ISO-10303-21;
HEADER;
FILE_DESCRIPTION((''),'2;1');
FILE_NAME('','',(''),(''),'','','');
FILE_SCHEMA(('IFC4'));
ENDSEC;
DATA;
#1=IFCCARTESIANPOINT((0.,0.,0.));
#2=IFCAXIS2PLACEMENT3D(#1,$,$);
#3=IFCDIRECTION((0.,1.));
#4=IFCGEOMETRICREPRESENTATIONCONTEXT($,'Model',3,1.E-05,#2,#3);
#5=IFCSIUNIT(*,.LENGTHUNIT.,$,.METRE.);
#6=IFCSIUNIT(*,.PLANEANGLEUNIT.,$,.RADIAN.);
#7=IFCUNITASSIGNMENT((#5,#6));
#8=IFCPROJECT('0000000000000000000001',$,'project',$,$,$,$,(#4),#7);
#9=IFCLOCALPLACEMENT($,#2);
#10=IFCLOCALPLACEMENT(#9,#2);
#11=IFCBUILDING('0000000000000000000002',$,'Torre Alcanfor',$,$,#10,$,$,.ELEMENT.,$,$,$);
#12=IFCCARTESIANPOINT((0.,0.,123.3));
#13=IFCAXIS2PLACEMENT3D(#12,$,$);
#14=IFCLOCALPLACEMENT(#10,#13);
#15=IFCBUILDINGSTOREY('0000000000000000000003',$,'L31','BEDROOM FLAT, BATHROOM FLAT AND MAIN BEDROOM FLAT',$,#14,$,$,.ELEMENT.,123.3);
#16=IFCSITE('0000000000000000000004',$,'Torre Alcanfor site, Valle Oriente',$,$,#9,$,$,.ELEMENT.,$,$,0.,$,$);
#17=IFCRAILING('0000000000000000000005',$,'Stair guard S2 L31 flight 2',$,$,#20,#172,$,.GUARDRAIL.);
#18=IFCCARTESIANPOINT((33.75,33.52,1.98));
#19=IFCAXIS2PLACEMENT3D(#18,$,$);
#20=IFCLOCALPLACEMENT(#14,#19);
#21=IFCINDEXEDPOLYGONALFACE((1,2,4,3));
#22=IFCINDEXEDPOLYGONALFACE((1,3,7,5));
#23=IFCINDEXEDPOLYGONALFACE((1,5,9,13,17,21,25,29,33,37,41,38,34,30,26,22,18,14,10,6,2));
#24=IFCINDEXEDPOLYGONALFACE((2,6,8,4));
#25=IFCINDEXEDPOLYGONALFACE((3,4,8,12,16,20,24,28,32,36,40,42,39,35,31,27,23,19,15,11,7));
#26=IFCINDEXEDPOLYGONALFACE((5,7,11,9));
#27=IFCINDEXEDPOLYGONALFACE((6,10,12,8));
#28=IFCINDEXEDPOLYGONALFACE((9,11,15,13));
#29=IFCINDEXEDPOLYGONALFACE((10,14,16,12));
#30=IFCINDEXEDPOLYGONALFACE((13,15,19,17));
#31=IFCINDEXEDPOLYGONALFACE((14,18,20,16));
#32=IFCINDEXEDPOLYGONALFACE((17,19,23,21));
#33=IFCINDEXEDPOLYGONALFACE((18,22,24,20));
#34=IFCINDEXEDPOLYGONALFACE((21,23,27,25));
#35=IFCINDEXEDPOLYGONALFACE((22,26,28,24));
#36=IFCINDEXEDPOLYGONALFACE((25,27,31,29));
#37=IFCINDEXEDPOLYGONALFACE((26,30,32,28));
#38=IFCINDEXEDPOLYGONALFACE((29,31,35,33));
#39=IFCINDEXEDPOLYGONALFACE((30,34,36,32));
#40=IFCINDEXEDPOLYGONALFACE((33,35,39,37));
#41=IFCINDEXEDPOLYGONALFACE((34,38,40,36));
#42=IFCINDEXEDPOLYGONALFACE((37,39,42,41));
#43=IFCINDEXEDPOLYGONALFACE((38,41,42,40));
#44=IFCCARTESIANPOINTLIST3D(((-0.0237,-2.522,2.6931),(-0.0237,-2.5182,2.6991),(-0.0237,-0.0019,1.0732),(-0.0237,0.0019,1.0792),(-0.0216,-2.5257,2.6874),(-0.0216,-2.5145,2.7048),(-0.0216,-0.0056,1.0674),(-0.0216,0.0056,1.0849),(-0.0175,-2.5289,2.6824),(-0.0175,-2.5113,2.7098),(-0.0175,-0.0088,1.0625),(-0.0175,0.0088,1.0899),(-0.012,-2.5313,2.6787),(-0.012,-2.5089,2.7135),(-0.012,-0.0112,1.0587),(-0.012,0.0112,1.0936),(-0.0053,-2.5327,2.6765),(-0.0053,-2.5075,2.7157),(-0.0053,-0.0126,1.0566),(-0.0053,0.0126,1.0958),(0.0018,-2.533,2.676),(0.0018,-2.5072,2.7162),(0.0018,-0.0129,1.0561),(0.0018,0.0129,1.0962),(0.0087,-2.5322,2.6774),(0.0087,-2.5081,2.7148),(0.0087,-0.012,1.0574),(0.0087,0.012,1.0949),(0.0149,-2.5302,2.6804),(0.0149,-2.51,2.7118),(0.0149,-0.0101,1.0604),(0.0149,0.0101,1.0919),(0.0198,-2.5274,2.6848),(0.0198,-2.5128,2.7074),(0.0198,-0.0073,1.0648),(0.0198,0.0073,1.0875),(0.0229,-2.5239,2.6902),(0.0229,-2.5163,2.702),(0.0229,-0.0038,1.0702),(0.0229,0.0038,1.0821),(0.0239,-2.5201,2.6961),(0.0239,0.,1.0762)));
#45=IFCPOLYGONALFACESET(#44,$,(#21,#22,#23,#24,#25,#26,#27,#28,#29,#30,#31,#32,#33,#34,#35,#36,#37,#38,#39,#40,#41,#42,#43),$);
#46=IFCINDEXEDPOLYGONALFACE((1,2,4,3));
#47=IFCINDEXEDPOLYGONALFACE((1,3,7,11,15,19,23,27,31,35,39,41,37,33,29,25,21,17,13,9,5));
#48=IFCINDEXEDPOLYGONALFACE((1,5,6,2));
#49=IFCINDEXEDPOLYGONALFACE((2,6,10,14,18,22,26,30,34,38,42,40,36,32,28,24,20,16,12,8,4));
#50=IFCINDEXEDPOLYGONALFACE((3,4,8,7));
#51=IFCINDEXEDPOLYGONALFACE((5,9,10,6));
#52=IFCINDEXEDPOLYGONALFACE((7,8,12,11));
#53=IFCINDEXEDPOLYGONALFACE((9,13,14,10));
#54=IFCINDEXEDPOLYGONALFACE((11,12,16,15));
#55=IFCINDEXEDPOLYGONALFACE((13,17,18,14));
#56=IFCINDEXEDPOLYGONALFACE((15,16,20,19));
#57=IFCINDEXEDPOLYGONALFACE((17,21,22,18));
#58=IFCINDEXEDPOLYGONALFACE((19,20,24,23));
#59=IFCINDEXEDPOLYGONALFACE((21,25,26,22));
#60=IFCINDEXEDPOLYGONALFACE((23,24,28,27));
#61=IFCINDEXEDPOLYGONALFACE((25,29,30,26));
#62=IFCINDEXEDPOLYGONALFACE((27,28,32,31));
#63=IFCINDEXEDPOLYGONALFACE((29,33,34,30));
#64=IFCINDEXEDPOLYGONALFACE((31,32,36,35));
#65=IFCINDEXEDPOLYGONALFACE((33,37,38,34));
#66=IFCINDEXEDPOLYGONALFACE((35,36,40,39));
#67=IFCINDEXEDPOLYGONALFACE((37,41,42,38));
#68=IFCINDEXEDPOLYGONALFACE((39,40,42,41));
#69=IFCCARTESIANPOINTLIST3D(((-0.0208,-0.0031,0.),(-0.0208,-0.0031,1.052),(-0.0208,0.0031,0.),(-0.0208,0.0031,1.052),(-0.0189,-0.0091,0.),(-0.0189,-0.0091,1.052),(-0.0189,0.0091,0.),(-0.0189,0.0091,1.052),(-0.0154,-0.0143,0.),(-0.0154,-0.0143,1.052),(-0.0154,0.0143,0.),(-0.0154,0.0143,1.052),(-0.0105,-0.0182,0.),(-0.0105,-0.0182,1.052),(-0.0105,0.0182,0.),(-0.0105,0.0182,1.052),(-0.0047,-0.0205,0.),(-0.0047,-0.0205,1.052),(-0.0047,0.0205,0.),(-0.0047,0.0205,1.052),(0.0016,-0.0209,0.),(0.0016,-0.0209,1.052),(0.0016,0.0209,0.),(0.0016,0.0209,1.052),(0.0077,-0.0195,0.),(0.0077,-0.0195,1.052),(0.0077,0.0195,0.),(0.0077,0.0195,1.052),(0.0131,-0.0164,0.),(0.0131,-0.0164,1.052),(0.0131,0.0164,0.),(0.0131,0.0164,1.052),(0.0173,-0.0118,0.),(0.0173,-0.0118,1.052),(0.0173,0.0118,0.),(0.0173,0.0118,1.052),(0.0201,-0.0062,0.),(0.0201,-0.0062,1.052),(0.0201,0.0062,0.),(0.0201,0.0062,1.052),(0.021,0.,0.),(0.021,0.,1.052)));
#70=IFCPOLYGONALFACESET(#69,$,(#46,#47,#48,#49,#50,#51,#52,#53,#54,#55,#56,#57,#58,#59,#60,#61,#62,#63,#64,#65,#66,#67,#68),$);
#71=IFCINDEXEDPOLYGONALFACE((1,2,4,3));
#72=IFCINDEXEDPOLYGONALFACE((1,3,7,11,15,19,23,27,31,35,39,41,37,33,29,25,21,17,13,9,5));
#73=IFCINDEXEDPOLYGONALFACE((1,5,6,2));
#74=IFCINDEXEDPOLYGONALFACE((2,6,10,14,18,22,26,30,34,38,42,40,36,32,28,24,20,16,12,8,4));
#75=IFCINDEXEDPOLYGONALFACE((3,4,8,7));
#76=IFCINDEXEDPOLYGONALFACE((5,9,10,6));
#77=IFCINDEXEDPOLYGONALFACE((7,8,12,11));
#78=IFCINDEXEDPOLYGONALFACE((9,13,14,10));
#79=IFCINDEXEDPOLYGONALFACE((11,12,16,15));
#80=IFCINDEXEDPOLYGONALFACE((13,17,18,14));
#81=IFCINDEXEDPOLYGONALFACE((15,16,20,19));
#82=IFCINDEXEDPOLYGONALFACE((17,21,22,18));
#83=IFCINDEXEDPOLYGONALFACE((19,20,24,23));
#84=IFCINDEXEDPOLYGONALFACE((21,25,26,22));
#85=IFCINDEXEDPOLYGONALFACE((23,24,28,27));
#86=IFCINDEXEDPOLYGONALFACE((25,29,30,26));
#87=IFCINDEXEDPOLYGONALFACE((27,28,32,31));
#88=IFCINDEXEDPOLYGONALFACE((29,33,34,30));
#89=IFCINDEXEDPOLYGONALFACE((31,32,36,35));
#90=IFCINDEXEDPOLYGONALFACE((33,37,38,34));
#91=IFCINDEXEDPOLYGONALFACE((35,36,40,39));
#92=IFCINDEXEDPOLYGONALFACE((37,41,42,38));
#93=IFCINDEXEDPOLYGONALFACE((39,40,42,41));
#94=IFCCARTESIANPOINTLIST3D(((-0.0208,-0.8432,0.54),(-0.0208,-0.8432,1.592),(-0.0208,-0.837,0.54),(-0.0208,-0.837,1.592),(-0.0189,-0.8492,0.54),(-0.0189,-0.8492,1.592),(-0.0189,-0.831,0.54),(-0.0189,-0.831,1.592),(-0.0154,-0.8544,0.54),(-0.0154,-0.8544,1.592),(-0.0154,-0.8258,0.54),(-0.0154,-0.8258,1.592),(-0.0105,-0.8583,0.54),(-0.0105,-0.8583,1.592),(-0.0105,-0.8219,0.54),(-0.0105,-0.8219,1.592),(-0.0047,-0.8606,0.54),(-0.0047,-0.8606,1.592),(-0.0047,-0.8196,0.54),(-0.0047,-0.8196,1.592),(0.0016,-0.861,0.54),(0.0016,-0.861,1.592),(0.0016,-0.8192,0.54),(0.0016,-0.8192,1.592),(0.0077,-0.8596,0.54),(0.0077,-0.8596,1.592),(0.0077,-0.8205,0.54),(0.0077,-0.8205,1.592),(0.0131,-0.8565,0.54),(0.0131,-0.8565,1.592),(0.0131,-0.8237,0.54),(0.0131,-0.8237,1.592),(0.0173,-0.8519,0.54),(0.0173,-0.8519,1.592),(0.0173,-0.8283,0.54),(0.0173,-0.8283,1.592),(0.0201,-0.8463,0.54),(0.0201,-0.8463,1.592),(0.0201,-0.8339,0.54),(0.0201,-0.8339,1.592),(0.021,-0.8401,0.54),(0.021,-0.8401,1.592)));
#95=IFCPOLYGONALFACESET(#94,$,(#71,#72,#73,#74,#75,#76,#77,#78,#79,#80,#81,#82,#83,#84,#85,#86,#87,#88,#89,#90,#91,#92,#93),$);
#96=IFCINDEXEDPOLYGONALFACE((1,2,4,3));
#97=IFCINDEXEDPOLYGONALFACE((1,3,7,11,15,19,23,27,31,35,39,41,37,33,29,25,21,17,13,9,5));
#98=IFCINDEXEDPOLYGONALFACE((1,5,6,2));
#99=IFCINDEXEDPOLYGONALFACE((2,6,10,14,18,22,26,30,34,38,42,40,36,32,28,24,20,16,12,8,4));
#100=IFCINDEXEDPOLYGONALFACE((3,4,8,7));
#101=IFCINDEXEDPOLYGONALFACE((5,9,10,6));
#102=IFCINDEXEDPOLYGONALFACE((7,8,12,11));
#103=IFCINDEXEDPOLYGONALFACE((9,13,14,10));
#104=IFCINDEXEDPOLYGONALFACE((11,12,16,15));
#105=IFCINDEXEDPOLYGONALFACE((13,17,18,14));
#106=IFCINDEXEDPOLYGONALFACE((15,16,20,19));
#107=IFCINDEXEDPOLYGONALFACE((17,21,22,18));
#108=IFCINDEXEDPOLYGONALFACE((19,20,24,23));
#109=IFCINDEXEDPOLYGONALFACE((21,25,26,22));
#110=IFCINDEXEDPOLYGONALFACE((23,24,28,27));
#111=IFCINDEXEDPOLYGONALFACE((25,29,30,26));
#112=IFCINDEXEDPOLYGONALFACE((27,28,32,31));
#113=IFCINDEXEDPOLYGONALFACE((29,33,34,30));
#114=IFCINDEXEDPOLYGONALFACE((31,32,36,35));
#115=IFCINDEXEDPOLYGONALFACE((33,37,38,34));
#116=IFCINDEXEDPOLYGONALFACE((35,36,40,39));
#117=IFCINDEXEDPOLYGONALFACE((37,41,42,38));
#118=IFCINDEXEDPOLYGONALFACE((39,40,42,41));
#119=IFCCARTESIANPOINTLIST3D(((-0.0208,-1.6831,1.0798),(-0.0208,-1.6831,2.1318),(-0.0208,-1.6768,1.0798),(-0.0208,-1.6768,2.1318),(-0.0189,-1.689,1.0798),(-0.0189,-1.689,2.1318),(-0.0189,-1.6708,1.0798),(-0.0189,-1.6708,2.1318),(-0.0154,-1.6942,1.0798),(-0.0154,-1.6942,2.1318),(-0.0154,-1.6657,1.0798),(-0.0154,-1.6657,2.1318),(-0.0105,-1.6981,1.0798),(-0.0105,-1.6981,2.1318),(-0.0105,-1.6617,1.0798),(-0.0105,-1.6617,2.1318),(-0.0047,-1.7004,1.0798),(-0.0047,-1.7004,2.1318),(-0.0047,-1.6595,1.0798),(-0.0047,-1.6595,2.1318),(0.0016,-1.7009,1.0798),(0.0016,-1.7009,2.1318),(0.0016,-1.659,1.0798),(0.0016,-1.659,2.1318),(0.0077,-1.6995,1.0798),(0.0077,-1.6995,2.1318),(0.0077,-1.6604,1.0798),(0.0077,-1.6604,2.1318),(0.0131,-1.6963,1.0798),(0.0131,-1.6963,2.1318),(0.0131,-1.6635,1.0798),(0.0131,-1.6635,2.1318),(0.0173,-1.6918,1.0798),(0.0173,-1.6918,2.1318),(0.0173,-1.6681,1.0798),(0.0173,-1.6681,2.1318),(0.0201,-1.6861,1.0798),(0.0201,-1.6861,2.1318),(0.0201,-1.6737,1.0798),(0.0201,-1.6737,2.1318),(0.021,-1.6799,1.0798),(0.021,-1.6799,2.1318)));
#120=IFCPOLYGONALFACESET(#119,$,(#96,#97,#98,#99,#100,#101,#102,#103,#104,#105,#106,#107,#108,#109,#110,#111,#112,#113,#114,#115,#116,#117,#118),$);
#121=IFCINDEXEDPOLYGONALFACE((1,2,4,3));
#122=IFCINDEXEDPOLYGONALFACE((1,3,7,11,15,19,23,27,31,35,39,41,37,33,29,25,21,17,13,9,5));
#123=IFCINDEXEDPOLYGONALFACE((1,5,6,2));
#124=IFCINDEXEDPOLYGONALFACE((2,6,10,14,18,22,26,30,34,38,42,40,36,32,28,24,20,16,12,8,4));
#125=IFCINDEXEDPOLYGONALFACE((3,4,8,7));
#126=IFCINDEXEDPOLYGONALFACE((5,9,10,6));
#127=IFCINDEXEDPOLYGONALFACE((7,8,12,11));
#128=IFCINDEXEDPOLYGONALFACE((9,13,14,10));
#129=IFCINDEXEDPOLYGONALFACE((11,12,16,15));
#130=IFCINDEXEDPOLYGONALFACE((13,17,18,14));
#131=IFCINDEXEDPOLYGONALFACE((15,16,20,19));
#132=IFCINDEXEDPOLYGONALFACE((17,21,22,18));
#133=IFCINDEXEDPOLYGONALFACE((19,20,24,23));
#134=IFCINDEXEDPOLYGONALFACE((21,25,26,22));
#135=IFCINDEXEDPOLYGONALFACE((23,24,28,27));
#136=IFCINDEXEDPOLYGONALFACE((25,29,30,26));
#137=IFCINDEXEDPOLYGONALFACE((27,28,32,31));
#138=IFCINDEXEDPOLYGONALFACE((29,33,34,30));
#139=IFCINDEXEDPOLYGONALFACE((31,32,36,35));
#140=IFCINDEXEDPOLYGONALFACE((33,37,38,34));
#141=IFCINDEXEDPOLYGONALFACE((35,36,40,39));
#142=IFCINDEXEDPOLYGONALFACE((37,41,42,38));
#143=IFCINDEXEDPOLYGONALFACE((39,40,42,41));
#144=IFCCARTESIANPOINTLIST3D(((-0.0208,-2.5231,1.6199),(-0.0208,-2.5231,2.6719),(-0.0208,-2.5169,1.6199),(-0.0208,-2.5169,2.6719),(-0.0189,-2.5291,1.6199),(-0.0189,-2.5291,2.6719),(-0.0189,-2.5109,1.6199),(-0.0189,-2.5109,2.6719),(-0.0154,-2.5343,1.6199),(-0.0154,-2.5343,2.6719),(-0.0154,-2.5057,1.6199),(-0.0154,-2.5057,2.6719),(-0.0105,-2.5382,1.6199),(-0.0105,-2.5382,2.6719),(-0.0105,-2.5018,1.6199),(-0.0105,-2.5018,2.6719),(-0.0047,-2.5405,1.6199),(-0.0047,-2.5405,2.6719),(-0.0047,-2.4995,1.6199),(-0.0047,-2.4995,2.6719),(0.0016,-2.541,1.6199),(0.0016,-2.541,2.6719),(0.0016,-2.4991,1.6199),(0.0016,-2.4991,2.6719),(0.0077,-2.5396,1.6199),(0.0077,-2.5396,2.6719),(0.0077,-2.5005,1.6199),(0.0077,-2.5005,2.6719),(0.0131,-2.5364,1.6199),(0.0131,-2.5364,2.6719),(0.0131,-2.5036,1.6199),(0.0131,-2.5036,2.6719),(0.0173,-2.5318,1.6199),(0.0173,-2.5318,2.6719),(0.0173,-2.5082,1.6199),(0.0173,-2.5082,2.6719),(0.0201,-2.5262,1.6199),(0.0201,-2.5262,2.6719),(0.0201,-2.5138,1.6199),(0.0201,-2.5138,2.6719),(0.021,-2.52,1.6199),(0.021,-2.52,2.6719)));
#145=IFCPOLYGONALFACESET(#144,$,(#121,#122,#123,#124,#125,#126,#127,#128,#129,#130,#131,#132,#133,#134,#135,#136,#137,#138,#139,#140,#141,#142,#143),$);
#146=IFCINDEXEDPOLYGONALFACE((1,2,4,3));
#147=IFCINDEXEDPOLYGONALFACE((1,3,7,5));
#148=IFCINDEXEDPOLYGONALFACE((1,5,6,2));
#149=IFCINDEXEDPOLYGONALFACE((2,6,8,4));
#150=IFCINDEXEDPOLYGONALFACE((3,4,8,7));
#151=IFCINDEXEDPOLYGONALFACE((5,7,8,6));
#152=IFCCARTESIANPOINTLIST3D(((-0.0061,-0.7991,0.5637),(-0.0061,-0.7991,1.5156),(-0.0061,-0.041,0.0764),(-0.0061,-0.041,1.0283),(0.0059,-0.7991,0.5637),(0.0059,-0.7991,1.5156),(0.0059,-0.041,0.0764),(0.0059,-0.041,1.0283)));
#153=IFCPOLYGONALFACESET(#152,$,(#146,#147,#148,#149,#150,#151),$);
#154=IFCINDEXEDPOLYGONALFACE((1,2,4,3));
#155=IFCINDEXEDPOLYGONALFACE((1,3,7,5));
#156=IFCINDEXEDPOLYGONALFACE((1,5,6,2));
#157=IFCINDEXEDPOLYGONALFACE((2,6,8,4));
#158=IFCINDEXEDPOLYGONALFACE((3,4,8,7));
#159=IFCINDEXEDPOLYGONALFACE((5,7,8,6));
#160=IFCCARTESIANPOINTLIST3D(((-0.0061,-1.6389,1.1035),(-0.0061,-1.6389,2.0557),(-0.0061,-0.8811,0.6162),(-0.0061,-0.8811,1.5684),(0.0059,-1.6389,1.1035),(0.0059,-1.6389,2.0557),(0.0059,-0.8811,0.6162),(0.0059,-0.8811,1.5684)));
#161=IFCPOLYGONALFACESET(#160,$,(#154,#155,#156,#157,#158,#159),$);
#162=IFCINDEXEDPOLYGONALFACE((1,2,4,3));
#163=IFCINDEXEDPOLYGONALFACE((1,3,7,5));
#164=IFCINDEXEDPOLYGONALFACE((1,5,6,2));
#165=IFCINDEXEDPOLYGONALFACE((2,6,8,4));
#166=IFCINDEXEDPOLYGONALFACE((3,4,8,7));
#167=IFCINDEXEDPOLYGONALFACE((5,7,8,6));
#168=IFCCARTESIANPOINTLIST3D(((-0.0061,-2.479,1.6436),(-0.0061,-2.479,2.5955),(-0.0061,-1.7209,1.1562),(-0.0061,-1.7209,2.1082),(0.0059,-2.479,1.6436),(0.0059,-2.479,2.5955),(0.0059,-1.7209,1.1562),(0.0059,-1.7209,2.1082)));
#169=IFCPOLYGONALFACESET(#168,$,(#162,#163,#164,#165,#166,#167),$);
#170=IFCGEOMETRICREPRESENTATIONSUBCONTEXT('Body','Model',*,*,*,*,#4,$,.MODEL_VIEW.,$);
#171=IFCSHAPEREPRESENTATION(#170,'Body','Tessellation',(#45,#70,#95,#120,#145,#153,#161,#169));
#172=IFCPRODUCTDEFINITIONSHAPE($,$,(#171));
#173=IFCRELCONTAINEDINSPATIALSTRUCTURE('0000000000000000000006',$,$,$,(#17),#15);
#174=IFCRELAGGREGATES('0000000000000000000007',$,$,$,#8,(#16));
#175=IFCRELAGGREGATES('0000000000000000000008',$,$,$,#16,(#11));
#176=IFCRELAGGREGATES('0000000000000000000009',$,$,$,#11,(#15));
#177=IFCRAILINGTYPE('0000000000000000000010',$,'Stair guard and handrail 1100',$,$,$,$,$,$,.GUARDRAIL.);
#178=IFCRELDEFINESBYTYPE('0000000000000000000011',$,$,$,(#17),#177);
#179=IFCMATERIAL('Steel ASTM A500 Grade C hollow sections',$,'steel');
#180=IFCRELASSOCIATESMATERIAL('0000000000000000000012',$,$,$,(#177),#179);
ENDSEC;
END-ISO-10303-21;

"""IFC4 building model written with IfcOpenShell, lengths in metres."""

from ifc_helpers import new_model, si_unit, direction, frame, origin, origin_2d, place, context, subcontext, project, spatial, polyline, circle, outline, extrude, material, type_object, element, save


model = new_model("IFC4")

# Units and contexts
model_context = context("Model", 3, precision=1e-05, world=origin(), true_north=direction((0.0, 1.0)))
body_context = subcontext(model_context, "Body", "Model", "MODEL_VIEW")
ifc_project = project(units=[si_unit("LENGTHUNIT", "METRE"), si_unit("PLANEANGLEUNIT", "RADIAN")], contexts=[model_context])

# Site, building, storey
site_placement = place(None, origin())
site = spatial("IfcSite", under=ifc_project, at=site_placement, Name="Torre Alcanfor site, Valle Oriente", CompositionType="ELEMENT", RefElevation=0.0)
building_placement = place(site_placement, origin())
building = spatial("IfcBuilding", under=site, at=building_placement, Name="Torre Alcanfor", CompositionType="ELEMENT")
storey_placement = place(building_placement, frame((0.0, 0.0, 123.3)))
storey = spatial("IfcBuildingStorey", under=building, at=storey_placement, Name="L31", Description="BEDROOM FLAT, BATHROOM FLAT AND MAIN BEDROOM FLAT", CompositionType="ELEMENT", Elevation=123.3)

# Railing
ifc_material_1 = material(Name="Steel ASTM A500 Grade C hollow sections", Category="steel")
railing_type_1 = type_object("IfcRailingType", Name="Stair guard and handrail 1100", PredefinedType="GUARDRAIL", material=ifc_material_1)
railing_1_placement = place(storey_placement, frame((33.75, 33.52, 1.98)))
element("IfcRailing", 1, at=railing_1_placement, inside=storey, type_object=railing_type_1, Name="Stair guard S2 L31 flight 2", PredefinedType="GUARDRAIL", context=body_context, shape_type="SweptSolid", body=[
    extrude(circle(Radius=0.0239, at=origin_2d()), frame((0.0, 0.0, 1.0762), z_axis=(0.0, -0.8412, 0.540725), x_axis=(1.0, 0.0, 0.0)), (0.0, 0.0, 1.0), 2.9958),
    extrude(circle(Radius=0.021, at=origin_2d()), origin(), (0.0, 0.0, 1.0), 1.052),
    extrude(circle(Radius=0.021, at=origin_2d()), frame((0.0, -0.8401, 0.54)), (0.0, 0.0, 1.0), 1.052),
    extrude(circle(Radius=0.021, at=origin_2d()), frame((0.0, -1.6799, 1.0798)), (0.0, 0.0, 1.0), 1.052),
    extrude(circle(Radius=0.021, at=origin_2d()), frame((0.0, -2.52, 1.6199)), (0.0, 0.0, 1.0), 1.052),
    extrude(outline(polyline([(0.041, 0.0764), (0.7991, 0.5637), (0.7991, 1.5156), (0.041, 1.0283), (0.041, 0.0764)])), frame((0.0059, 0.0, 0.0), z_axis=(-1.0, 0.0, 0.0), x_axis=(0.0, -1.0, 0.0)), (0.0, 0.0, 1.0), 0.012),
    extrude(outline(polyline([(0.8811, 0.6162), (1.6389, 1.1035), (1.6389, 2.0557), (0.8811, 1.5684), (0.8811, 0.6162)])), frame((0.0059, 0.0, 0.0), z_axis=(-1.0, 0.0, 0.0), x_axis=(0.0, -1.0, 0.0)), (0.0, 0.0, 1.0), 0.012),
    extrude(outline(polyline([(1.7209, 1.1562), (2.479, 1.6436), (2.479, 2.5955), (1.7209, 2.1082), (1.7209, 1.1562)])), frame((0.0059, 0.0, 0.0), z_axis=(-1.0, 0.0, 0.0), x_axis=(0.0, -1.0, 0.0)), (0.0, 0.0, 1.0), 0.012),
])

save(model, "model.ifc")
